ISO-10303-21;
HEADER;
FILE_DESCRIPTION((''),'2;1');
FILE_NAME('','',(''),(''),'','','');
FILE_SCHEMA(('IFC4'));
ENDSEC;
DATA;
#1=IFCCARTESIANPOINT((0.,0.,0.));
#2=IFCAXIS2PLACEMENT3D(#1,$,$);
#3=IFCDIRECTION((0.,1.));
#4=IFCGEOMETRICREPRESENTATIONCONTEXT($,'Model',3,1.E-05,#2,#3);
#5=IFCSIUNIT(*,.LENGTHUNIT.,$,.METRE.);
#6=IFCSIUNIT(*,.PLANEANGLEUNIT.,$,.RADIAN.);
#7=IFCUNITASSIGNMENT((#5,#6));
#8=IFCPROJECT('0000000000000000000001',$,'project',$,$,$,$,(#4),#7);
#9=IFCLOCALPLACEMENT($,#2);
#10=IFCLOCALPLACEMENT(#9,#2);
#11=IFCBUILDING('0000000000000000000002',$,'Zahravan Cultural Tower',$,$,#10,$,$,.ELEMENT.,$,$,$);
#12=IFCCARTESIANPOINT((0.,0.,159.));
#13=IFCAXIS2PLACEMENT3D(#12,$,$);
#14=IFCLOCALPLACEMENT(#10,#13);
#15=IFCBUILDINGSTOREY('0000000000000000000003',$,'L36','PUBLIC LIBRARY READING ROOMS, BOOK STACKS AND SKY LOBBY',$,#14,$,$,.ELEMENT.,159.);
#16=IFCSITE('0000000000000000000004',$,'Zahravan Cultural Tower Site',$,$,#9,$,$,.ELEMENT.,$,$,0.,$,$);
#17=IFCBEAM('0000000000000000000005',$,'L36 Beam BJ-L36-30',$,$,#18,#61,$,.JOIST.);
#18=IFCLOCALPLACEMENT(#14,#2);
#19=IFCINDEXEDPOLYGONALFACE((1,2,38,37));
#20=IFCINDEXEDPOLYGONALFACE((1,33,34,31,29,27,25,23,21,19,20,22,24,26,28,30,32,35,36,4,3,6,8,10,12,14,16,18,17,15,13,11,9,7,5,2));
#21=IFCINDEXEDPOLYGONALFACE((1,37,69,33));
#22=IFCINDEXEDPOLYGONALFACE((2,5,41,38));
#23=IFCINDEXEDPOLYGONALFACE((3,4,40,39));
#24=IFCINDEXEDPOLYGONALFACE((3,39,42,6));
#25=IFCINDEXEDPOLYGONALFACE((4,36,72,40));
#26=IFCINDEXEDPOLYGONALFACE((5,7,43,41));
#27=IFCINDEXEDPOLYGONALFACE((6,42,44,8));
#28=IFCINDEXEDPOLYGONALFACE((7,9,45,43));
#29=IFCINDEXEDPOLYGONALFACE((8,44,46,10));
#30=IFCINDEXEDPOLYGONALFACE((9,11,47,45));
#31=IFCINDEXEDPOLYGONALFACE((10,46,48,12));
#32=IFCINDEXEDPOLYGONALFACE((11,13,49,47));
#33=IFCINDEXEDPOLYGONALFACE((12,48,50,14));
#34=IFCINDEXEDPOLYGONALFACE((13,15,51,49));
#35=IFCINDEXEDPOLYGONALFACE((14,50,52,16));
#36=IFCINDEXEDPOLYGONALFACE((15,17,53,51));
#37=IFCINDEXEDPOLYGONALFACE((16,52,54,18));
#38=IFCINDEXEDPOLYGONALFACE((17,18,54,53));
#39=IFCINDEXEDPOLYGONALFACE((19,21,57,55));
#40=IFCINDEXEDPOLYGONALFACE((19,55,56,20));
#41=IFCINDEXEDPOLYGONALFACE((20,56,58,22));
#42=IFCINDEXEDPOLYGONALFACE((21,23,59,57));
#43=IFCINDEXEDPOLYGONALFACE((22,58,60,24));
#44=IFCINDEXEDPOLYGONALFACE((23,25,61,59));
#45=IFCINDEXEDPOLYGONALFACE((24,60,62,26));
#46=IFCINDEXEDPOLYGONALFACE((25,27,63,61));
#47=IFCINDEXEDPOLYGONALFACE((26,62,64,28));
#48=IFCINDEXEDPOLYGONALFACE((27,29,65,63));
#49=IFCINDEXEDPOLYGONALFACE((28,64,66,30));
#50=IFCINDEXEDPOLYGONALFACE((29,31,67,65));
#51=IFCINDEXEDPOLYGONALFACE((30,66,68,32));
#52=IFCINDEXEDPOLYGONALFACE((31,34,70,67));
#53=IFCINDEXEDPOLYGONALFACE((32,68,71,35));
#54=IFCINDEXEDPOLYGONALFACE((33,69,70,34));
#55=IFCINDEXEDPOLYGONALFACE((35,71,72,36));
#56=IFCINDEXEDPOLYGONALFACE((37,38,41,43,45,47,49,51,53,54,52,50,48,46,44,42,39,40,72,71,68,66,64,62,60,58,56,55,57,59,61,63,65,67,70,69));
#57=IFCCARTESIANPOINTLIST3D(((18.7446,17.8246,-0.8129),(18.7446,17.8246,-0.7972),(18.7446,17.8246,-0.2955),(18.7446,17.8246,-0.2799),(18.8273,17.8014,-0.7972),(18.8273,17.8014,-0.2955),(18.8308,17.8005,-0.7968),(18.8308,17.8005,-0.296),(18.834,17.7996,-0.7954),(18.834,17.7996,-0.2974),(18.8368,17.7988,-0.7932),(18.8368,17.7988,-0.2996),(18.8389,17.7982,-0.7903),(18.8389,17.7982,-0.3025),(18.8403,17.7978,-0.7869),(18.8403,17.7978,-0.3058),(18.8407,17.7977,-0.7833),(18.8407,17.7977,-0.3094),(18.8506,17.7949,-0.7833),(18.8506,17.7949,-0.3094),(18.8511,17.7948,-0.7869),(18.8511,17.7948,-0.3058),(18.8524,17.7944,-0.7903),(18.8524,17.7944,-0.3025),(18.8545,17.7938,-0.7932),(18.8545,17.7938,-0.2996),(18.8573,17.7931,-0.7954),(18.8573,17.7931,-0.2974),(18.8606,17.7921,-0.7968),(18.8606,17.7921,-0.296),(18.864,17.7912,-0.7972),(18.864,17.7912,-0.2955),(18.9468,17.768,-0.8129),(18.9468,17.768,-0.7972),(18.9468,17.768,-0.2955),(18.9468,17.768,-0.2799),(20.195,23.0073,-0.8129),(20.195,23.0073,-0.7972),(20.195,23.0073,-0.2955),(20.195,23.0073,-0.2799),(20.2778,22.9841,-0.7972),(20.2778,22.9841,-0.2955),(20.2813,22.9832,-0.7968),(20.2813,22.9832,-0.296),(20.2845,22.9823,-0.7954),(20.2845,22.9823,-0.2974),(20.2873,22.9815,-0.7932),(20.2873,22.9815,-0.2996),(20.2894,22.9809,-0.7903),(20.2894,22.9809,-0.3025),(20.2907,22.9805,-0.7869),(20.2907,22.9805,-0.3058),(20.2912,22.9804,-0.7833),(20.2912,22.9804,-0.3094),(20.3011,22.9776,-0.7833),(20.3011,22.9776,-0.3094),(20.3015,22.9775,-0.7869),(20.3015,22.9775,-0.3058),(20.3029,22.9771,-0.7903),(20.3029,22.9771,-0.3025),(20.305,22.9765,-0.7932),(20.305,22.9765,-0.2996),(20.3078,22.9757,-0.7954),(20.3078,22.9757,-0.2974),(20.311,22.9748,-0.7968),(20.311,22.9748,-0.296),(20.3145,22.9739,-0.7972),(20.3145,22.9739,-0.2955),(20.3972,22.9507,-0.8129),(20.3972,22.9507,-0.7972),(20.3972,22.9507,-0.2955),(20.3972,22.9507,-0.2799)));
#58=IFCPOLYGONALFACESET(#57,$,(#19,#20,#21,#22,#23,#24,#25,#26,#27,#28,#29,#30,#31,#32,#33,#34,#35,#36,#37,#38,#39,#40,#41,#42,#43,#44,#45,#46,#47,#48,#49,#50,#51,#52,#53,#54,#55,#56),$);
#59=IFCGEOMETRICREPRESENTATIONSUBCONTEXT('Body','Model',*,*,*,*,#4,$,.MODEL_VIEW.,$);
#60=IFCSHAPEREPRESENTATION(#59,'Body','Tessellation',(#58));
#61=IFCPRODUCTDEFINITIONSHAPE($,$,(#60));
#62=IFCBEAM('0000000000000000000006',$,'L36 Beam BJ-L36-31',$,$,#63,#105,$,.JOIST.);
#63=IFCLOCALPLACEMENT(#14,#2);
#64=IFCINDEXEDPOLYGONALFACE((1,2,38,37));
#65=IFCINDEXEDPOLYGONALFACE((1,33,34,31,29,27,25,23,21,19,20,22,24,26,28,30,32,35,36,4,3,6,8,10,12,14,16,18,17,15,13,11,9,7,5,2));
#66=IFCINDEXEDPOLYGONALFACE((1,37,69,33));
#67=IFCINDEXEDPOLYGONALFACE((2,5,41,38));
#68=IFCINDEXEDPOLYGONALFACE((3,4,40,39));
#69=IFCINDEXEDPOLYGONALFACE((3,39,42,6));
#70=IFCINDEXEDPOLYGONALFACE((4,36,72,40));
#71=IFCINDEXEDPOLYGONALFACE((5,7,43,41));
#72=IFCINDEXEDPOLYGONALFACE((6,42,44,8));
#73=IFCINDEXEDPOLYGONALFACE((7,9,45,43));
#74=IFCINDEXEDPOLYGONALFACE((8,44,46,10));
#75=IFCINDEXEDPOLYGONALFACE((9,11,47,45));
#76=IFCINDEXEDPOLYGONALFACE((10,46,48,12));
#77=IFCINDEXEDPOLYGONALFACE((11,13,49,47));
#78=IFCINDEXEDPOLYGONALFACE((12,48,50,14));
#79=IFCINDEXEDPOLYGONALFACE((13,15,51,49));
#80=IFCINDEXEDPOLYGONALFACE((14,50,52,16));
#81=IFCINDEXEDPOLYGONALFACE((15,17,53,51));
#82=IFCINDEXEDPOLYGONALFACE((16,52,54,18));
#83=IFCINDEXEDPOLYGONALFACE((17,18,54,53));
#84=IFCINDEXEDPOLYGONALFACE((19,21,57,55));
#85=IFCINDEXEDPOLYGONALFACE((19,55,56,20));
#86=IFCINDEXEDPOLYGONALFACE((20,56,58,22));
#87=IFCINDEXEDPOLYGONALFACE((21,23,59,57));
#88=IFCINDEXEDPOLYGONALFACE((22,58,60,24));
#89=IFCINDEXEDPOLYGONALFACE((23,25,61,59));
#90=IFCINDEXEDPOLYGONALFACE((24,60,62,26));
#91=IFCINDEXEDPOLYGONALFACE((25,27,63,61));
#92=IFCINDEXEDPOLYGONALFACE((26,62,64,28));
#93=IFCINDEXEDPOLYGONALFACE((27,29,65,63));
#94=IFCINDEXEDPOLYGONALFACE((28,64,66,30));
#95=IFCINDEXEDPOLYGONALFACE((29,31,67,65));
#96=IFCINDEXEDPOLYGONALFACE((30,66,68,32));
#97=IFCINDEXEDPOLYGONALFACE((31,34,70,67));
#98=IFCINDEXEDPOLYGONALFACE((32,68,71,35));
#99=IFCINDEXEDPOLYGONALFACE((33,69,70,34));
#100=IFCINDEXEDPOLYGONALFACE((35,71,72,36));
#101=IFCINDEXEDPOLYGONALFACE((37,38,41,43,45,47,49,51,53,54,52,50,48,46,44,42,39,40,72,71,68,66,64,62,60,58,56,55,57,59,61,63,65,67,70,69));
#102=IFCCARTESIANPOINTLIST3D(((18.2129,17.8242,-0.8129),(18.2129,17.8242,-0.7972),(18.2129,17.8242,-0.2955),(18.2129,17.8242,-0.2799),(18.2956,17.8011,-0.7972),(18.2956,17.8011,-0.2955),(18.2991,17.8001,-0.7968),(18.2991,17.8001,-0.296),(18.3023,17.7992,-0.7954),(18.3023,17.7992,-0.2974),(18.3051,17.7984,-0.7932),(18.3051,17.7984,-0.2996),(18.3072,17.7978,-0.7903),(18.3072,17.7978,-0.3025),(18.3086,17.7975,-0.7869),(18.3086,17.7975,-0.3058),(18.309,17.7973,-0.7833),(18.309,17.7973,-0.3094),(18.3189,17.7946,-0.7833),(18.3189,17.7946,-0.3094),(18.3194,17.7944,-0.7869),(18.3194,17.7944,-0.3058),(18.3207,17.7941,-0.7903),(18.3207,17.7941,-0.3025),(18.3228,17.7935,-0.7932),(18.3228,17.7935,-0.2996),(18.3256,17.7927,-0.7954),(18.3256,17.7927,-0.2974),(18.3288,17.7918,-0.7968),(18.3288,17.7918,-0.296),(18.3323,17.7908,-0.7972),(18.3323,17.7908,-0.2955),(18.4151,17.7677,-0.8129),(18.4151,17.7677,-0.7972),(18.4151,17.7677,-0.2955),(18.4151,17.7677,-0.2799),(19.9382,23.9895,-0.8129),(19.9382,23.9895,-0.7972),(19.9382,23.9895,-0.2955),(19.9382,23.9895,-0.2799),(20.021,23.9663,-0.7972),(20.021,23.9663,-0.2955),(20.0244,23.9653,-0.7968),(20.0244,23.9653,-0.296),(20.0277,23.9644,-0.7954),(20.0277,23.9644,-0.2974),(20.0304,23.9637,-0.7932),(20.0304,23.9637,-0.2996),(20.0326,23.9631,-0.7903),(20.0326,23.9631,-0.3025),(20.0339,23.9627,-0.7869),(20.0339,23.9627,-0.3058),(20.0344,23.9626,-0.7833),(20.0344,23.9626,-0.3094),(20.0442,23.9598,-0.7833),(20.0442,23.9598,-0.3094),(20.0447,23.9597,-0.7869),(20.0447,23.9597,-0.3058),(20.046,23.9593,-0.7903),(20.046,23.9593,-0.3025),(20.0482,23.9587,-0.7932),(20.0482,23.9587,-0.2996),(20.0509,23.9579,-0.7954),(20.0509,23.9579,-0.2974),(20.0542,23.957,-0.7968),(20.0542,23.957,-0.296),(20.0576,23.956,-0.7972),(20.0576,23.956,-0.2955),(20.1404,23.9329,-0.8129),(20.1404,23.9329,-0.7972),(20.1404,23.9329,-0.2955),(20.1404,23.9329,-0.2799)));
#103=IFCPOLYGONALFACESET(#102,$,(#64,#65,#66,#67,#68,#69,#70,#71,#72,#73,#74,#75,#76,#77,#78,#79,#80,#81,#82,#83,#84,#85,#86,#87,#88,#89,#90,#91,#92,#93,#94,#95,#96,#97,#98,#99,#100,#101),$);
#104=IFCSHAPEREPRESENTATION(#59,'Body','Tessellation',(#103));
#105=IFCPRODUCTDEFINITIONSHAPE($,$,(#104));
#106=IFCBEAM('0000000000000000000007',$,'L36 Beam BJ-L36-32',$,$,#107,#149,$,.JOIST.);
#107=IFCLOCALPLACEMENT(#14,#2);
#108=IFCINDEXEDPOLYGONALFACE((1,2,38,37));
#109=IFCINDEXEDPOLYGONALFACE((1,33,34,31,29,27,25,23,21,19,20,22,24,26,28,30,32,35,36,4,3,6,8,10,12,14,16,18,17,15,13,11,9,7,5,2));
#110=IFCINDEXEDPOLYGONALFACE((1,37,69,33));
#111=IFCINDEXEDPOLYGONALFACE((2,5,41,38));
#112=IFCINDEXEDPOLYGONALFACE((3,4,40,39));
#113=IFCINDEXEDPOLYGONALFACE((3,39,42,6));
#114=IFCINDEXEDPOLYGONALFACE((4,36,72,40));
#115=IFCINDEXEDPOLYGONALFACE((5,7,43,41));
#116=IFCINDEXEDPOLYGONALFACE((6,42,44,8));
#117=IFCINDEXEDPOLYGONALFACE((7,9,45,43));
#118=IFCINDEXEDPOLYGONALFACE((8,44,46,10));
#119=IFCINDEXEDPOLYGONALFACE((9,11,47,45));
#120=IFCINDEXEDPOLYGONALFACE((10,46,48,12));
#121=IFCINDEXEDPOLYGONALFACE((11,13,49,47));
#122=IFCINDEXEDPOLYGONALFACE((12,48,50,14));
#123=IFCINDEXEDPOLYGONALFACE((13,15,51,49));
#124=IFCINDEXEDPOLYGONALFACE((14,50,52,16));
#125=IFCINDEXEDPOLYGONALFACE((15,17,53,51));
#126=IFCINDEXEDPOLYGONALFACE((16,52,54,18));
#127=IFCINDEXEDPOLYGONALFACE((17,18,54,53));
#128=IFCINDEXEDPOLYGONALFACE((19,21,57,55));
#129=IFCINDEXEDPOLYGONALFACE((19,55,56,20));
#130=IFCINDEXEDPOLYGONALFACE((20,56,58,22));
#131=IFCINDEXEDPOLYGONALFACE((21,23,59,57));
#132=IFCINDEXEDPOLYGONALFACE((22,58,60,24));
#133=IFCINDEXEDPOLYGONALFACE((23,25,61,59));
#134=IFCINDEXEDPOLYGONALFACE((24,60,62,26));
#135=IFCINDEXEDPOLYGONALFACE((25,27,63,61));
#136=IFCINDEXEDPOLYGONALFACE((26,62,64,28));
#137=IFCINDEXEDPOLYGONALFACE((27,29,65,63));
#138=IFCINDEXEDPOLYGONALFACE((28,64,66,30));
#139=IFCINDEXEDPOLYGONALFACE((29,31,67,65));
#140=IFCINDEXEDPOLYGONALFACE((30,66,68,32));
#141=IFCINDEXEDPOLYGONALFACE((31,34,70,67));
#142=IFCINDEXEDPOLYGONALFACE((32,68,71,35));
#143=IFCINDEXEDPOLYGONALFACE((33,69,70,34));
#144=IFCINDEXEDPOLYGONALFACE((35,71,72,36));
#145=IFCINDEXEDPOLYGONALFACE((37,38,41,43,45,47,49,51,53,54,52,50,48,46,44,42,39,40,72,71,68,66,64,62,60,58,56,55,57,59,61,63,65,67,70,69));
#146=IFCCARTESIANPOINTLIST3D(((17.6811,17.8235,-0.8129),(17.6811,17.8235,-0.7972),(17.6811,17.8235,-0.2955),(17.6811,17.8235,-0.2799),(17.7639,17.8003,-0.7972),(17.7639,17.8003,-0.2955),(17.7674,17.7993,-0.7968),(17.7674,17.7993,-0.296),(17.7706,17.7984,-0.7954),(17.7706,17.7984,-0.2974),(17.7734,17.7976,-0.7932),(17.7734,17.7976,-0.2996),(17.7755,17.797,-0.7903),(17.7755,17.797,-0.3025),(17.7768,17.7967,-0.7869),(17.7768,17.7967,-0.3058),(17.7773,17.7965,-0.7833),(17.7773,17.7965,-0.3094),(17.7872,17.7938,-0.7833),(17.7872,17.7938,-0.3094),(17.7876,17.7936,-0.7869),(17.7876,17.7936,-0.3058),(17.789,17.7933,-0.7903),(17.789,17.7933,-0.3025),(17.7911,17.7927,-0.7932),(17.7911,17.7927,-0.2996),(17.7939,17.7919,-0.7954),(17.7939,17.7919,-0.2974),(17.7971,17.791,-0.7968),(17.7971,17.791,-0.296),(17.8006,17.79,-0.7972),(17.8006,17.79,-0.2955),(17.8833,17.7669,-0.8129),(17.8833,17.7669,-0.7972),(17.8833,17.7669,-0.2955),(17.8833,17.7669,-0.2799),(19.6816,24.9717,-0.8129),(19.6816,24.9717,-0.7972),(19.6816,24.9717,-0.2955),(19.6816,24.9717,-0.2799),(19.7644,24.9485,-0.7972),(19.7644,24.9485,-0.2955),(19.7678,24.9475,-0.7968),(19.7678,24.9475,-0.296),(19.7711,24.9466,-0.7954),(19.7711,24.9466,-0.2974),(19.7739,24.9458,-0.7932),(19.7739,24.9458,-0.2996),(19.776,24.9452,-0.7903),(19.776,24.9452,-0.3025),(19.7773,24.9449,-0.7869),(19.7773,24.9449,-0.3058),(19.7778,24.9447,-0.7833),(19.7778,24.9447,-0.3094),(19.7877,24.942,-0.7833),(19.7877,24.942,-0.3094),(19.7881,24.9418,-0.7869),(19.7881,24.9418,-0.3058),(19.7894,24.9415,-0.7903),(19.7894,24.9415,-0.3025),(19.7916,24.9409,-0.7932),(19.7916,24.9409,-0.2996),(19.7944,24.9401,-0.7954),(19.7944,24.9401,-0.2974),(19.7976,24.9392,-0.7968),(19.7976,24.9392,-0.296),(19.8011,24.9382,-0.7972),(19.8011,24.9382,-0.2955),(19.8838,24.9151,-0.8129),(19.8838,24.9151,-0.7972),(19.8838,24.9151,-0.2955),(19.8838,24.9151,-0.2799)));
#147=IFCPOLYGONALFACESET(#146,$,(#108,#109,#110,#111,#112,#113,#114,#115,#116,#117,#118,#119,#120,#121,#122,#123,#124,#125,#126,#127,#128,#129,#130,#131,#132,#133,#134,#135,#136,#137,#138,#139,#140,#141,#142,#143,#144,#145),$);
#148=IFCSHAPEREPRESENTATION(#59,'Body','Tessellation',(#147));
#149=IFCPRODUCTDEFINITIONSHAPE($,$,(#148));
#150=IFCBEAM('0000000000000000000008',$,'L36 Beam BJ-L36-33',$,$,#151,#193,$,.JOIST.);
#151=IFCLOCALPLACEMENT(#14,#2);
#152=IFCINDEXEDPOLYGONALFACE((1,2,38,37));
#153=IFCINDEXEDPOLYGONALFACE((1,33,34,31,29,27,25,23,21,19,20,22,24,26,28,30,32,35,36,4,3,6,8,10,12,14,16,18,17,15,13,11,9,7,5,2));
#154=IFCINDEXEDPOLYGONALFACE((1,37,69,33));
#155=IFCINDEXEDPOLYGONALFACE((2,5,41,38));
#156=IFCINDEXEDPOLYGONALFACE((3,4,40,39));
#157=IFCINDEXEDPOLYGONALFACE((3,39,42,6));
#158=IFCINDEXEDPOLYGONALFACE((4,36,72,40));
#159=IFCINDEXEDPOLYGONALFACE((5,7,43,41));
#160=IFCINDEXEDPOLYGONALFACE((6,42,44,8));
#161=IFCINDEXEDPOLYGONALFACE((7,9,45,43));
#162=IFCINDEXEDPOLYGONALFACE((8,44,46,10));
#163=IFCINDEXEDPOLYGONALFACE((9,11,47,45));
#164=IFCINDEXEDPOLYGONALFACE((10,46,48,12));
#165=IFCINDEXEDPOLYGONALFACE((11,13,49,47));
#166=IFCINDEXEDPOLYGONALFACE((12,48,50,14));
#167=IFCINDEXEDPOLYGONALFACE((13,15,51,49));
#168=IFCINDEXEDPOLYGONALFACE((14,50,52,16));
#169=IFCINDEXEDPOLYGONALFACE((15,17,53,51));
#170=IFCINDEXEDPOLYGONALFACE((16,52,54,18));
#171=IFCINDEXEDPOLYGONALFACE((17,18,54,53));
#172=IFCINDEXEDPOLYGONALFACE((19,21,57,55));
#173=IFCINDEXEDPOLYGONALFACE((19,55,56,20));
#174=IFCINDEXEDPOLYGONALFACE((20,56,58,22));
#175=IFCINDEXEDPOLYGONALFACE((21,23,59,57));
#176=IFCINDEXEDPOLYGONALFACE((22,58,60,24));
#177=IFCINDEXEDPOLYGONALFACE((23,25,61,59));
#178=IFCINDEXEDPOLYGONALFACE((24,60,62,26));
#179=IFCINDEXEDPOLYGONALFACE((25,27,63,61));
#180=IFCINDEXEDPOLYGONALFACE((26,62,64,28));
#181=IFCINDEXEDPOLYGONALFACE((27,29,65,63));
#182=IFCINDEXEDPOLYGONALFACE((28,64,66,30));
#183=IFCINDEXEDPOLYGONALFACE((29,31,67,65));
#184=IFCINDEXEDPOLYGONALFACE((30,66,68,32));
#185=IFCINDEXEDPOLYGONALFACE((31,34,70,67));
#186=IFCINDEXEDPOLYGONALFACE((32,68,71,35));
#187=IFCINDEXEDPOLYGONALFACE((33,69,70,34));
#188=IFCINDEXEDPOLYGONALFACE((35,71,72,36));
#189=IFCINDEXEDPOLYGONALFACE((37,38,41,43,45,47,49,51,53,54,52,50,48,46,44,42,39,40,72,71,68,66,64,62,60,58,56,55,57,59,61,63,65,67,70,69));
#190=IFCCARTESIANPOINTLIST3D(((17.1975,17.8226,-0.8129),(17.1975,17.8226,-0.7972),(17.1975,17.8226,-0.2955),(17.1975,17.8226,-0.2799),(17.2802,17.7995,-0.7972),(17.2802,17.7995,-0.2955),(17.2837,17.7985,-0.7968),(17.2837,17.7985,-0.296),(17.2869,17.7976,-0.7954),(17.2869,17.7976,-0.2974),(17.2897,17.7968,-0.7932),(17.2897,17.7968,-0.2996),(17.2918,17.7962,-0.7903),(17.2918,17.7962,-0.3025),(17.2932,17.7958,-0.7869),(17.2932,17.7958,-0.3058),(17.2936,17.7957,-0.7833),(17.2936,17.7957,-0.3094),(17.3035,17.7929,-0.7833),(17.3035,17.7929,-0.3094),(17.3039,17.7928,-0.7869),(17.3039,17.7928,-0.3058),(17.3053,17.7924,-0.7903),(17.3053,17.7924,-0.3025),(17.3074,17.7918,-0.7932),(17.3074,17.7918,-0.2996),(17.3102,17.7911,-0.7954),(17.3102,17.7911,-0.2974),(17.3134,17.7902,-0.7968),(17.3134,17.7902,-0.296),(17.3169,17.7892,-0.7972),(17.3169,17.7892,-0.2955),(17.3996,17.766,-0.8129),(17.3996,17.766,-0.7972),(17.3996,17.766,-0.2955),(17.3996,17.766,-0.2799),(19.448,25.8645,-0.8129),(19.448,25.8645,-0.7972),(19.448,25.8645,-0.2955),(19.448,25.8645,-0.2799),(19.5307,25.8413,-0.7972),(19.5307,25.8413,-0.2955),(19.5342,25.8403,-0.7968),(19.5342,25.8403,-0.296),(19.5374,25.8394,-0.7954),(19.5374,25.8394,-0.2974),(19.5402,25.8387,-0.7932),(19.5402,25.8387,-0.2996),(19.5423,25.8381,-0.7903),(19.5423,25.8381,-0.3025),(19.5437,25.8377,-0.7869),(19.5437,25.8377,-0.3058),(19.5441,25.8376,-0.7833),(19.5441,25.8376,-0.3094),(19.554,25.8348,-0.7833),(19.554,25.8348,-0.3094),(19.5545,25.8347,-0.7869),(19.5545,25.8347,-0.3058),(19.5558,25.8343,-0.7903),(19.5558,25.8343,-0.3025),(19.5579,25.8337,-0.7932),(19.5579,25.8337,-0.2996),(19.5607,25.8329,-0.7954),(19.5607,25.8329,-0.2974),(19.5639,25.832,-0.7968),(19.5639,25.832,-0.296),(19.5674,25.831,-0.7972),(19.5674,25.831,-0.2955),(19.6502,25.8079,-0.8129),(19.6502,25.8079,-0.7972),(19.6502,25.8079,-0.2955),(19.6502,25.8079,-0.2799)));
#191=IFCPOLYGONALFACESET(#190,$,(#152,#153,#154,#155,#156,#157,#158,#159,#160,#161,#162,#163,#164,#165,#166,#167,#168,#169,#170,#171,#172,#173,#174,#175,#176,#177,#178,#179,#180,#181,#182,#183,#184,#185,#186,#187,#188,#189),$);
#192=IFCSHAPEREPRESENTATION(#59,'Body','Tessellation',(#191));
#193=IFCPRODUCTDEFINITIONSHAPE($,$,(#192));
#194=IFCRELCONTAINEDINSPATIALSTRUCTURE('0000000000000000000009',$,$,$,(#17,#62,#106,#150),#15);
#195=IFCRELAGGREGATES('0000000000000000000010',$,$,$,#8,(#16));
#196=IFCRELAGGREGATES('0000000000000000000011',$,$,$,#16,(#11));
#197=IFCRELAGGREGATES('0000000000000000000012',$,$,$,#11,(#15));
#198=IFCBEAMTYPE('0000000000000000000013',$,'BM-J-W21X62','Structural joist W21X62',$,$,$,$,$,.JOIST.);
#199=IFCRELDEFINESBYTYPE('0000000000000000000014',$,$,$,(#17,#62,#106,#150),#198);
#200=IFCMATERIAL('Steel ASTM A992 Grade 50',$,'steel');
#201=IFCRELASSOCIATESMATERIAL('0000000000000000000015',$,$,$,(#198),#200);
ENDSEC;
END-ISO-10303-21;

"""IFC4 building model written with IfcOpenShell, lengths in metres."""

from ifc_helpers import new_model, si_unit, direction, frame, origin, origin_2d, place, context, subcontext, project, spatial, i_section, extrude, source, transform, mapped, material, material_profile, profile_set, type_object, element, save


model = new_model("IFC4")

# Units and contexts
model_context = context("Model", 3, precision=1e-05, world=origin(), true_north=direction((0.0, 1.0)))
body_context = subcontext(model_context, "Body", "Model", "MODEL_VIEW")
ifc_project = project(units=[si_unit("LENGTHUNIT", "METRE"), si_unit("PLANEANGLEUNIT", "RADIAN")], contexts=[model_context])

# Site, building, storey
site_placement = place(None, origin())
site = spatial("IfcSite", under=ifc_project, at=site_placement, Name="Zahravan Cultural Tower Site", CompositionType="ELEMENT", RefElevation=0.0)
building_placement = place(site_placement, origin())
building = spatial("IfcBuilding", under=site, at=building_placement, Name="Zahravan Cultural Tower", CompositionType="ELEMENT")
storey_placement = place(building_placement, frame((0.0, 0.0, 159.0)))
storey = spatial("IfcBuildingStorey", under=building, at=storey_placement, Name="L36", Description="PUBLIC LIBRARY READING ROOMS, BOOK STACKS AND SKY LOBBY", CompositionType="ELEMENT", Elevation=159.0)

# Shared definitions
ifc_material_1 = material(Name="Steel ASTM A992 Grade 50", Category="steel")

# Beams
ifc_material_profile_1 = material_profile(ifc_material_1, i_section(OverallWidth=0.21, OverallDepth=0.533, WebThickness=0.0103, FlangeThickness=0.0156, FilletRadius=0.0139, at=origin_2d()), Name="W21X62")
ifc_profile_set_1 = profile_set([ifc_material_profile_1], Name="Steel ASTM A992 Grade 50")
beam_type_1 = type_object("IfcBeamType", Name="BM-J-W21X62", Description="Structural joist W21X62", PredefinedType="JOIST", material=ifc_profile_set_1)
shared_shape_1 = source(origin(), body_context, "Body", "SweptSolid", [
    extrude(i_section(OverallWidth=0.21, OverallDepth=0.533, WebThickness=0.0103, FlangeThickness=0.0156, FilletRadius=0.0139, at=origin_2d()), origin(), (0.0, 0.0, 1.0), 5.3818),
])
beam_1_placement = place(storey_placement, frame((20.2961, 22.979, -0.5464), z_axis=(-0.26951, -0.962997, 0.0), x_axis=(0.962997, -0.26951, 0.0)))
element("IfcBeam", 1, at=beam_1_placement, inside=storey, type_object=beam_type_1, Name="L36 Beam BJ-L36-30", PredefinedType="JOIST", context=body_context, shape_type="MappedRepresentation", body=[
    mapped(shared_shape_1, transform((0.0, 0.0, 0.0), x_axis=(1.0, 0.0, 0.0), y_axis=(0.0, 1.0, 0.0), z_axis=(0.0, 0.0, 1.0), scale=1.0)),
])
shared_shape_2 = source(origin(), body_context, "Body", "SweptSolid", [
    extrude(i_section(OverallWidth=0.21, OverallDepth=0.533, WebThickness=0.0103, FlangeThickness=0.0156, FilletRadius=0.0139, at=origin_2d()), origin(), (0.0, 0.0, 1.0), 6.4021),
])
beam_2_placement = place(storey_placement, frame((20.0393, 23.9612, -0.5464), z_axis=(-0.269494, -0.963002, 0.0), x_axis=(0.963002, -0.269494, 0.0)))
element("IfcBeam", 2, at=beam_2_placement, inside=storey, type_object=beam_type_1, Name="L36 Beam BJ-L36-31", PredefinedType="JOIST", context=body_context, shape_type="MappedRepresentation", body=[
    mapped(shared_shape_2, transform((0.0, 0.0, 0.0), x_axis=(1.0, 0.0, 0.0), y_axis=(0.0, 1.0, 0.0), z_axis=(0.0, 0.0, 1.0), scale=1.0)),
])
shared_shape_3 = source(origin(), body_context, "Body", "SweptSolid", [
    extrude(i_section(OverallWidth=0.21, OverallDepth=0.533, WebThickness=0.0103, FlangeThickness=0.0156, FilletRadius=0.0139, at=origin_2d()), origin(), (0.0, 0.0, 1.0), 7.4229),
])
beam_3_placement = place(storey_placement, frame((19.7827, 24.9434, -0.5464), z_axis=(-0.269504, -0.962999, 0.0), x_axis=(0.962999, -0.269504, 0.0)))
element("IfcBeam", 3, at=beam_3_placement, inside=storey, type_object=beam_type_1, Name="L36 Beam BJ-L36-32", PredefinedType="JOIST", context=body_context, shape_type="MappedRepresentation", body=[
    mapped(shared_shape_3, transform((0.0, 0.0, 0.0), x_axis=(1.0, 0.0, 0.0), y_axis=(0.0, 1.0, 0.0), z_axis=(0.0, 0.0, 1.0), scale=1.0)),
])
shared_shape_4 = source(origin(), body_context, "Body", "SweptSolid", [
    extrude(i_section(OverallWidth=0.21, OverallDepth=0.533, WebThickness=0.0103, FlangeThickness=0.0156, FilletRadius=0.0139, at=origin_2d()), origin(), (0.0, 0.0, 1.0), 8.3508),
])
beam_4_placement = place(storey_placement, frame((19.5491, 25.8362, -0.5464), z_axis=(-0.269497, -0.963001, 0.0), x_axis=(0.963001, -0.269497, 0.0)))
element("IfcBeam", 4, at=beam_4_placement, inside=storey, type_object=beam_type_1, Name="L36 Beam BJ-L36-33", PredefinedType="JOIST", context=body_context, shape_type="MappedRepresentation", body=[
    mapped(shared_shape_4, transform((0.0, 0.0, 0.0), x_axis=(1.0, 0.0, 0.0), y_axis=(0.0, 1.0, 0.0), z_axis=(0.0, 0.0, 1.0), scale=1.0)),
])

save(model, "model.ifc")
